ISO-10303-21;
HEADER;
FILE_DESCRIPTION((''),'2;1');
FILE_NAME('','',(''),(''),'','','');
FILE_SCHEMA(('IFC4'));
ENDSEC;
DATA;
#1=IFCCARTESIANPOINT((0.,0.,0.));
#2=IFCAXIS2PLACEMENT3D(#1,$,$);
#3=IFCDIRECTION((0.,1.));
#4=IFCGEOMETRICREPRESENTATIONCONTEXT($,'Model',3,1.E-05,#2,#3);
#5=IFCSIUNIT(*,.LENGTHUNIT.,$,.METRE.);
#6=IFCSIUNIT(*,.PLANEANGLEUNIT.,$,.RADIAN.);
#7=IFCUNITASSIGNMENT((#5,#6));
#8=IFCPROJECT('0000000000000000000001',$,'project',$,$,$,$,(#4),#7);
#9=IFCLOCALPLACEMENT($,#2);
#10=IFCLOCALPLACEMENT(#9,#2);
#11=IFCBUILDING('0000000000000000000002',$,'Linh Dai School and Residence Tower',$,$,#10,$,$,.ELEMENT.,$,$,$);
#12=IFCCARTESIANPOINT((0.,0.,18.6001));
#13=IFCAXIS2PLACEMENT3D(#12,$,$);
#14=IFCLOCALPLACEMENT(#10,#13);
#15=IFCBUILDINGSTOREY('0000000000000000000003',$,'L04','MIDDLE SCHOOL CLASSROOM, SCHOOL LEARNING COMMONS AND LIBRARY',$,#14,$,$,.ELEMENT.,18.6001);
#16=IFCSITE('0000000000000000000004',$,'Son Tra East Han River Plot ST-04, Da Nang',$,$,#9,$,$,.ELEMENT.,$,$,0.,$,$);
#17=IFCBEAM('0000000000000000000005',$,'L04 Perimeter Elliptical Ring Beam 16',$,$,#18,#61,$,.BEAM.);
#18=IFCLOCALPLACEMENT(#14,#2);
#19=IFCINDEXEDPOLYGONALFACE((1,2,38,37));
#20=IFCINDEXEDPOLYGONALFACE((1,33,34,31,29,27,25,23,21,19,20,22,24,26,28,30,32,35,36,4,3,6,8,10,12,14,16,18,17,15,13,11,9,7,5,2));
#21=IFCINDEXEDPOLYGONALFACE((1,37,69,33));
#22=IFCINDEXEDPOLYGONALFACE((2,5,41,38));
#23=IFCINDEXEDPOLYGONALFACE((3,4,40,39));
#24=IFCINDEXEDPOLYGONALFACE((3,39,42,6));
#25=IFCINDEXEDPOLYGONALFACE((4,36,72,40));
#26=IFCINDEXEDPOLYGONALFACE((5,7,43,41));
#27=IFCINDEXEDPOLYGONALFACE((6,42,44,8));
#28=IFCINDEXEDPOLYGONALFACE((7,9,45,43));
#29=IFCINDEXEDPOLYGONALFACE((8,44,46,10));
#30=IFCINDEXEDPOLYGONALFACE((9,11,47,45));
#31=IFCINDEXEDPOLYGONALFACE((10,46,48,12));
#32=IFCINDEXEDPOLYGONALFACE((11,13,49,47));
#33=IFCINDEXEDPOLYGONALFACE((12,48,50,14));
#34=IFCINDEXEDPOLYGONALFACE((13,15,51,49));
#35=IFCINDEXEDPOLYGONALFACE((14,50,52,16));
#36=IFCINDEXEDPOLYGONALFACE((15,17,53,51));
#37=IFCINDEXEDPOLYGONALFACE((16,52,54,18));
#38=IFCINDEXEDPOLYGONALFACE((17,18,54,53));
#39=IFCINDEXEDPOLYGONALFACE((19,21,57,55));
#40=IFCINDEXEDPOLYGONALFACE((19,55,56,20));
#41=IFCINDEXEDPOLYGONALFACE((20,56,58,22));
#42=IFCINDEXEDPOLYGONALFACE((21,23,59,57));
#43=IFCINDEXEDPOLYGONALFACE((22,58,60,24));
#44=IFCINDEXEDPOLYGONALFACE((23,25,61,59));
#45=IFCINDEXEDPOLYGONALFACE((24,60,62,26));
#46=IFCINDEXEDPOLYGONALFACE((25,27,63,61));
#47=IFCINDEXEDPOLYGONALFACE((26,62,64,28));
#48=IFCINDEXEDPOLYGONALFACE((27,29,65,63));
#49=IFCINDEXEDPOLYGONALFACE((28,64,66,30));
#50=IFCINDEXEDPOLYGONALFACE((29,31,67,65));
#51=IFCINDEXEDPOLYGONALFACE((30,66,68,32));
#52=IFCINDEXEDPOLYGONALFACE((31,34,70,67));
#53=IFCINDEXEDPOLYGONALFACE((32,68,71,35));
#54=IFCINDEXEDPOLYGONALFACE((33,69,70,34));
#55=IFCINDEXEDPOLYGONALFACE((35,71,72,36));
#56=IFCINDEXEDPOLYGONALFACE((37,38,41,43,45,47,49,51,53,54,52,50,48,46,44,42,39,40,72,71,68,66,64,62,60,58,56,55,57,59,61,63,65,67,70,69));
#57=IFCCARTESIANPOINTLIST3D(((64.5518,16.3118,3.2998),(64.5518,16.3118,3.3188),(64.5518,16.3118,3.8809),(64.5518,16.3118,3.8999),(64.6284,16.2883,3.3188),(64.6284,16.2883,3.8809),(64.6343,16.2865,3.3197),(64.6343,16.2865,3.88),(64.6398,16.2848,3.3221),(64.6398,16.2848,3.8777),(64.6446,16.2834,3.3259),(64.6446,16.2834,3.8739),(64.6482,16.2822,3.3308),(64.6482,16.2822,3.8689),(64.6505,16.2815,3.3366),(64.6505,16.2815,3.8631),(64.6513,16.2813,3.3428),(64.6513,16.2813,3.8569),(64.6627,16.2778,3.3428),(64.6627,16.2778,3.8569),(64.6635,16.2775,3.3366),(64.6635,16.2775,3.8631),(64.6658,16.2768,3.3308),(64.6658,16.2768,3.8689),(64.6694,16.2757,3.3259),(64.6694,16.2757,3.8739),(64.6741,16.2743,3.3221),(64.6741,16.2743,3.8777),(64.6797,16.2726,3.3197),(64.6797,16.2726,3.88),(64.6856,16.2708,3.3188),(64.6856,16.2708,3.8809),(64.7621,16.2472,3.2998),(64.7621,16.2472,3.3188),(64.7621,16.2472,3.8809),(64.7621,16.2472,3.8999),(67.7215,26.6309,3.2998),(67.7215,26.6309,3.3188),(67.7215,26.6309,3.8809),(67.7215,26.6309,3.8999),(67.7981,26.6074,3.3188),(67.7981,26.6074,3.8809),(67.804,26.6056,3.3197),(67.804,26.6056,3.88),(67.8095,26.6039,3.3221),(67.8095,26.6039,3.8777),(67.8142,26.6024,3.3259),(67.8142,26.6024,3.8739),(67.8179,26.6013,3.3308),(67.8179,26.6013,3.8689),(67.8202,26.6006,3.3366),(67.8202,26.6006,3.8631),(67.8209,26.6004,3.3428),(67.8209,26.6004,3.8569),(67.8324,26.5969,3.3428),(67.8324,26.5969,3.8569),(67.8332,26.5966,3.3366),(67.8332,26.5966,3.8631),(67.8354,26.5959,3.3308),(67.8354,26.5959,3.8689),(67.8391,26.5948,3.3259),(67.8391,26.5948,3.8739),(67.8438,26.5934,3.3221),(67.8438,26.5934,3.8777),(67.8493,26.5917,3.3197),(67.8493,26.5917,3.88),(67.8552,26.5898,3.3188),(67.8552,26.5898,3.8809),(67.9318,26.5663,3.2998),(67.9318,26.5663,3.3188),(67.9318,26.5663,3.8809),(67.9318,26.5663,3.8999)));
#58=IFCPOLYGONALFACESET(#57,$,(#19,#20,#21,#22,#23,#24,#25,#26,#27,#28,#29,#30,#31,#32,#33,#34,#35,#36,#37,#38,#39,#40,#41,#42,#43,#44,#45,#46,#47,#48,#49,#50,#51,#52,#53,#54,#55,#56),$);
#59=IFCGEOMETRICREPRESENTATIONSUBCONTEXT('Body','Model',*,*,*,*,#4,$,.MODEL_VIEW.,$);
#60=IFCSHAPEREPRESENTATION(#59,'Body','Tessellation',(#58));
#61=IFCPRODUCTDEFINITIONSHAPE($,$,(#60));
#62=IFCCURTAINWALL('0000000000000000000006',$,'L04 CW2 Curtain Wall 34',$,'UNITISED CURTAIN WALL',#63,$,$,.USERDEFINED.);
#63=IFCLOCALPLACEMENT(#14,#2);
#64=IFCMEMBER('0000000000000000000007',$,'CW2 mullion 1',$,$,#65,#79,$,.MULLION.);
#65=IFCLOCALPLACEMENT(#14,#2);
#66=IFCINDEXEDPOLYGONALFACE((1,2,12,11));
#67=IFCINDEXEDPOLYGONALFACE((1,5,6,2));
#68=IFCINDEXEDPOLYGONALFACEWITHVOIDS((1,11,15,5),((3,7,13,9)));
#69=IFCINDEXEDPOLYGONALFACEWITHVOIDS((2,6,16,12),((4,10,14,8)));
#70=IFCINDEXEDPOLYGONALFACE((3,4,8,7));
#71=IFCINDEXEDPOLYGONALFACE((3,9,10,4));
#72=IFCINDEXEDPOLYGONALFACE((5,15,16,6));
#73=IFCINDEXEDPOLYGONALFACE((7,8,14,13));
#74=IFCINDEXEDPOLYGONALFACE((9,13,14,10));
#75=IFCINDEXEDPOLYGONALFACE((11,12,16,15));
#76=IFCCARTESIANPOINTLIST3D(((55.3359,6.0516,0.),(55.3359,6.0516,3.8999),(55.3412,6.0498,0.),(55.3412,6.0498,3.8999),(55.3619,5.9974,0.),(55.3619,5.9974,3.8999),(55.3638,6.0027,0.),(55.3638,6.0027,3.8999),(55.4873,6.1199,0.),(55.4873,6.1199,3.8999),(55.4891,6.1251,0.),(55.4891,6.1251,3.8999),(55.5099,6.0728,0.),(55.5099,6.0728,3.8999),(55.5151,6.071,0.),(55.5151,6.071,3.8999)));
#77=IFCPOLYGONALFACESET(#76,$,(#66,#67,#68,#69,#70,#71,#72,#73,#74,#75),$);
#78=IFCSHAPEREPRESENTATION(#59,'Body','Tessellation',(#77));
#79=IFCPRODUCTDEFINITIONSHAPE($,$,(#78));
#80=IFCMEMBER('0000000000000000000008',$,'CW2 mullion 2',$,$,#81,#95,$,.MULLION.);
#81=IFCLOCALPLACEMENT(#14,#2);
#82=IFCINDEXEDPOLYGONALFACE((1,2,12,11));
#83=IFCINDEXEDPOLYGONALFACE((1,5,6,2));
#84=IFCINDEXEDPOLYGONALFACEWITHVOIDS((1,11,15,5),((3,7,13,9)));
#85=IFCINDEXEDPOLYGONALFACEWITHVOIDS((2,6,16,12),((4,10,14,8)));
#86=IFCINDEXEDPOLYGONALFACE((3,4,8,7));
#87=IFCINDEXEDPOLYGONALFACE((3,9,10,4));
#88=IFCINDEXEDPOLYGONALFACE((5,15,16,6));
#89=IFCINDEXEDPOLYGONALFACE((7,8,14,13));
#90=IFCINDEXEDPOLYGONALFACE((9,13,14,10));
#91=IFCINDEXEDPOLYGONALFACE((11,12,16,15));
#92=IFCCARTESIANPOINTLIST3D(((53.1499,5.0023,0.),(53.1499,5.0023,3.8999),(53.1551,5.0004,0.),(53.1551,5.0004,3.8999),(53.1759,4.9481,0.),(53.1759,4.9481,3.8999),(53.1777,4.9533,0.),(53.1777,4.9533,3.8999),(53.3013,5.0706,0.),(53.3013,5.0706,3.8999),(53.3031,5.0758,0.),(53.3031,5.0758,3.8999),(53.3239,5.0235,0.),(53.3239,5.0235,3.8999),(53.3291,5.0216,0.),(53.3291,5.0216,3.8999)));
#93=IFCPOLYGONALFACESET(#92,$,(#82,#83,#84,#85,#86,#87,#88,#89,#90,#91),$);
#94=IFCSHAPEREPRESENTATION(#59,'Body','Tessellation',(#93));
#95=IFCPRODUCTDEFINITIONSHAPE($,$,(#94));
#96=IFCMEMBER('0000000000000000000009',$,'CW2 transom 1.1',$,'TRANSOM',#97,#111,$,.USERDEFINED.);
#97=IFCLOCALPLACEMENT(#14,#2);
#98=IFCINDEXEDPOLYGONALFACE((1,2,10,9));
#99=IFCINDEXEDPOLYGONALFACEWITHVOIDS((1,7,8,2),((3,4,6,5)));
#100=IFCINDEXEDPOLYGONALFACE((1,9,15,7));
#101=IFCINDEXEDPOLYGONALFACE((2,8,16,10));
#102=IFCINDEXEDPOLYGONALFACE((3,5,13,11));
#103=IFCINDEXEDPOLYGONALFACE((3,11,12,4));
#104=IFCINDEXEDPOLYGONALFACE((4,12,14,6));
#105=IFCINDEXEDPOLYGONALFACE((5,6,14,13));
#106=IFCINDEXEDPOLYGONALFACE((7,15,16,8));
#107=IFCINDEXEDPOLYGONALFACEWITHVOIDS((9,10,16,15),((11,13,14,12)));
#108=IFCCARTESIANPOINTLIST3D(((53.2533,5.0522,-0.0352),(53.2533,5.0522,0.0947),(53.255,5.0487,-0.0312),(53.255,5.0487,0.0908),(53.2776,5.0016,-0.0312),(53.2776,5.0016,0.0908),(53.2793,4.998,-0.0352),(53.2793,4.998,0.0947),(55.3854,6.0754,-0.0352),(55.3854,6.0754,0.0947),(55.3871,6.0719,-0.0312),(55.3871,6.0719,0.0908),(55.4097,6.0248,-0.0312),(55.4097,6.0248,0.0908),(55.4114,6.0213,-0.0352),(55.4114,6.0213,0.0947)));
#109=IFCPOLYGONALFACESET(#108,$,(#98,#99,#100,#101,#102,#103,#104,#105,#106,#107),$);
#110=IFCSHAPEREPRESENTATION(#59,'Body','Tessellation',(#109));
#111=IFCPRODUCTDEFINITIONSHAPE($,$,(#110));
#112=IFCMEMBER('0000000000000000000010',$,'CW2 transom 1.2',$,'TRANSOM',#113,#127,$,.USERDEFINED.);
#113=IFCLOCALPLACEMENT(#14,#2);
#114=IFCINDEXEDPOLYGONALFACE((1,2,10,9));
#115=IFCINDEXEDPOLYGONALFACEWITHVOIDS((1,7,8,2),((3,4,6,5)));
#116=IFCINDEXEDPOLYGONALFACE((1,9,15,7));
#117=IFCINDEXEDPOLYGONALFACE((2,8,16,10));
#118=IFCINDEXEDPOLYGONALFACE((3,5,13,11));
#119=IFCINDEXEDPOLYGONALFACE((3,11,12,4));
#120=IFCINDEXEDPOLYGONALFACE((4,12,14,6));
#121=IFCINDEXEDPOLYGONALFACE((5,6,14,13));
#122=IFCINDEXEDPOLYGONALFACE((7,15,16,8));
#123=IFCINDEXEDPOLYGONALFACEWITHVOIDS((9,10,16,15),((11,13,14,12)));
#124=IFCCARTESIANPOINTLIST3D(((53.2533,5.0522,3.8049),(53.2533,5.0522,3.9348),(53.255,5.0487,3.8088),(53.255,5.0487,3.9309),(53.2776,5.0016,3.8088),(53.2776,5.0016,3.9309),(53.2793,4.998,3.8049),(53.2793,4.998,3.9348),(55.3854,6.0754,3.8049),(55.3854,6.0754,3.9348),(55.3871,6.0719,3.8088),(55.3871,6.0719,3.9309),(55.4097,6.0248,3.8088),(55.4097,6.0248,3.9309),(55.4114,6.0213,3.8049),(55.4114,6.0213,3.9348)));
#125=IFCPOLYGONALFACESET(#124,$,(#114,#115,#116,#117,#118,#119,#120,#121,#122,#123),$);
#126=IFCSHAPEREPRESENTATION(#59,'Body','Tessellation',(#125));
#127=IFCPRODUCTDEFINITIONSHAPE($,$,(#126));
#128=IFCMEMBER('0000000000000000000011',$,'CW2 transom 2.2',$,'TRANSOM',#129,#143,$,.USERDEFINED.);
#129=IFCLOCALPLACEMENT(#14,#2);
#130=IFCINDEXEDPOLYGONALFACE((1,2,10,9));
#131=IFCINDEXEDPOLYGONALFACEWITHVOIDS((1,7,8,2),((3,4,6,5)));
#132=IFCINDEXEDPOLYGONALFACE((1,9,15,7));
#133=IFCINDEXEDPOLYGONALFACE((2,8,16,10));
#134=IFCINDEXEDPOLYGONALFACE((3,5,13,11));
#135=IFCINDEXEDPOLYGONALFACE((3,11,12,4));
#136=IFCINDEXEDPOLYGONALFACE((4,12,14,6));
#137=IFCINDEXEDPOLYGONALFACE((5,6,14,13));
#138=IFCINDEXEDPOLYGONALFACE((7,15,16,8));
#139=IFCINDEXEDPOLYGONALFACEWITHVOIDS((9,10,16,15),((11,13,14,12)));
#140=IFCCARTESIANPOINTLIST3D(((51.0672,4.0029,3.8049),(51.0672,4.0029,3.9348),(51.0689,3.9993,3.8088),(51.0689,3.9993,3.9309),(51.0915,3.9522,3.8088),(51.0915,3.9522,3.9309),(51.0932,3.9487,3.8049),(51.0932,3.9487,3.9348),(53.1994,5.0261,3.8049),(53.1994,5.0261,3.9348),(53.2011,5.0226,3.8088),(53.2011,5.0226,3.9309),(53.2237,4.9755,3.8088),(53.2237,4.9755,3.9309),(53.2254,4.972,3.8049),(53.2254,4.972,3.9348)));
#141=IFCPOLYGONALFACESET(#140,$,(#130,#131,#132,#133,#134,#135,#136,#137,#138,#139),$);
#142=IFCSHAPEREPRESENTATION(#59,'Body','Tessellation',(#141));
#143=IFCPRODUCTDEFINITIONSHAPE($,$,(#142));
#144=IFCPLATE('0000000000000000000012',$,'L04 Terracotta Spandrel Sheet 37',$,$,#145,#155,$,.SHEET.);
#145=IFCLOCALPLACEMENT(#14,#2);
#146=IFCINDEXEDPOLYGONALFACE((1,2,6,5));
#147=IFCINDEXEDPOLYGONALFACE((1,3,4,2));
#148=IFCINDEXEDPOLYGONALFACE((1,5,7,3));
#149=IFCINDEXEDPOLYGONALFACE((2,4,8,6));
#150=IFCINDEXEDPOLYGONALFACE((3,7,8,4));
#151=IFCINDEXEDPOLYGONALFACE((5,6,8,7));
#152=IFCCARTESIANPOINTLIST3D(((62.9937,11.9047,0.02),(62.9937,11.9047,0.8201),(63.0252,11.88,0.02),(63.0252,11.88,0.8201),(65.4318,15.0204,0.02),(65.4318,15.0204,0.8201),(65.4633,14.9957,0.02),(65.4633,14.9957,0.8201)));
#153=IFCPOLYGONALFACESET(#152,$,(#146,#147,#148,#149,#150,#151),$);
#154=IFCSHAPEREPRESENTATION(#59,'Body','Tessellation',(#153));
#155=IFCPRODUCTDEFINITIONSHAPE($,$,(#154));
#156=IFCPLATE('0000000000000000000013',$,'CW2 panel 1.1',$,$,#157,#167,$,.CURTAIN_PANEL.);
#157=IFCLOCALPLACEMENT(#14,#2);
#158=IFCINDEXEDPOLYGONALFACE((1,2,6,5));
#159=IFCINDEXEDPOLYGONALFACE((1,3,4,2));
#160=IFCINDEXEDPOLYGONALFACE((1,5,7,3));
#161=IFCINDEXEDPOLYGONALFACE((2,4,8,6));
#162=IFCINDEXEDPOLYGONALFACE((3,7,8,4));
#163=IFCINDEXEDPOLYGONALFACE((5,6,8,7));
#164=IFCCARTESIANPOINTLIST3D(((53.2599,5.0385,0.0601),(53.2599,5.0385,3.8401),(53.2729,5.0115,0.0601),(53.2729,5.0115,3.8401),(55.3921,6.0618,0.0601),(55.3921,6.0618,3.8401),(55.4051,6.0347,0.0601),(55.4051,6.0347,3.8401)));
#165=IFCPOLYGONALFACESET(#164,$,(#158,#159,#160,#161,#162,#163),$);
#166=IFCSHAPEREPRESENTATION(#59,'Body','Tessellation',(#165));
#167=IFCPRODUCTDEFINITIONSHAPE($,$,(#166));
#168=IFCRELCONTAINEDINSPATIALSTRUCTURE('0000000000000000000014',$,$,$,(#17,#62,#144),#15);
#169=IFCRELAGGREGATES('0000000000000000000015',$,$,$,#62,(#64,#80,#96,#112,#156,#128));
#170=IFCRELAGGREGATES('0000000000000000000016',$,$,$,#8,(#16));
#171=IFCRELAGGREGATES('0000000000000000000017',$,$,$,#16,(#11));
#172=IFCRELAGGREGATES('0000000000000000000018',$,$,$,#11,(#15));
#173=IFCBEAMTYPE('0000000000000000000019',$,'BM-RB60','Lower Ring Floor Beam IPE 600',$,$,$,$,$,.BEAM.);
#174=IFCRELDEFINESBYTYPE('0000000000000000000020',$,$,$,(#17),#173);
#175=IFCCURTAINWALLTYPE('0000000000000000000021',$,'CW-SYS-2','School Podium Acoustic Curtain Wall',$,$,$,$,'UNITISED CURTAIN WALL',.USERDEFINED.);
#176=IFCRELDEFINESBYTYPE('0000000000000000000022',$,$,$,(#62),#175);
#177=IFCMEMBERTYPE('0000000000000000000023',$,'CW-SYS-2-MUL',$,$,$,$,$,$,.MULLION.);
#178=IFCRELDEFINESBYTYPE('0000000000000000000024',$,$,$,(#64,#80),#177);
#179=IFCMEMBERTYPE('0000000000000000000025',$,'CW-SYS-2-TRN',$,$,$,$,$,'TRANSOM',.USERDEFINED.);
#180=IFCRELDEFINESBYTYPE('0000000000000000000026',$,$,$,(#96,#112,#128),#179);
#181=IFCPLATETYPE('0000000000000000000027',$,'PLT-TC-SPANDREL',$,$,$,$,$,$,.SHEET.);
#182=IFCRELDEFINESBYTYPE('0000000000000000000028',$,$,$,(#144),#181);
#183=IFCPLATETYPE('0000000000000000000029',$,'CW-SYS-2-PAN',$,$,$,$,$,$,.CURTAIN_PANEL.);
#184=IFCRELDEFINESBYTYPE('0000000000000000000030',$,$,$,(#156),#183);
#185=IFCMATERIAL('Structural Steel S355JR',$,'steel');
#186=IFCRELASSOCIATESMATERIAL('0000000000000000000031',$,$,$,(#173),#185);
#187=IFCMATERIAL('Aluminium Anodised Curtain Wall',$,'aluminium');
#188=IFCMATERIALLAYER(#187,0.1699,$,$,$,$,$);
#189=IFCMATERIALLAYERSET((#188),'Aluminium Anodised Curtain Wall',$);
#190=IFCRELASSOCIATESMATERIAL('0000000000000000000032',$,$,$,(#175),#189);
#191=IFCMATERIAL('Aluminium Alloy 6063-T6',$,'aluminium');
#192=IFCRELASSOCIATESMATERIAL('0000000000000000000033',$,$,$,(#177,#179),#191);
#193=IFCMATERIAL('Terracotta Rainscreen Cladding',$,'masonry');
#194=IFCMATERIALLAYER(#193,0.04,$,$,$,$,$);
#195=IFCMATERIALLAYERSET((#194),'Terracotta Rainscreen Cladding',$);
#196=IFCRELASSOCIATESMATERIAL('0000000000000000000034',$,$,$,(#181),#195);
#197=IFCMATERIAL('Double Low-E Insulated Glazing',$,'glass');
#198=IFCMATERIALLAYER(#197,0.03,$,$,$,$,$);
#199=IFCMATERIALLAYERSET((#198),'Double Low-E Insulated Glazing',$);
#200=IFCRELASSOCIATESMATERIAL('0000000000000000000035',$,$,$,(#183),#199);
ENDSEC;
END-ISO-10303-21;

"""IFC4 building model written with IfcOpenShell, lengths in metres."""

from ifc_helpers import new_model, si_unit, direction, frame, origin, origin_2d, place, context, subcontext, project, spatial, rectangle, hollow_rectangle, i_section, extrude, source, transform, mapped, material, layer, layer_set, material_profile, profile_set, type_object, element, aggregate, save


model = new_model("IFC4")

# Units and contexts
model_context = context("Model", 3, precision=1e-05, world=origin(), true_north=direction((0.0, 1.0)))
body_context = subcontext(model_context, "Body", "Model", "MODEL_VIEW")
ifc_project = project(units=[si_unit("LENGTHUNIT", "METRE"), si_unit("PLANEANGLEUNIT", "RADIAN")], contexts=[model_context])

# Site, building, storey
site_placement = place(None, origin())
site = spatial("IfcSite", under=ifc_project, at=site_placement, Name="Son Tra East Han River Plot ST-04, Da Nang", CompositionType="ELEMENT", RefElevation=0.0)
building_placement = place(site_placement, origin())
building = spatial("IfcBuilding", under=site, at=building_placement, Name="Linh Dai School and Residence Tower", CompositionType="ELEMENT")
storey_placement = place(building_placement, frame((0.0, 0.0, 18.6001)))
storey = spatial("IfcBuildingStorey", under=building, at=storey_placement, Name="L04", Description="MIDDLE SCHOOL CLASSROOM, SCHOOL LEARNING COMMONS AND LIBRARY", CompositionType="ELEMENT", Elevation=18.6001)

# Shared definitions
ifc_material_1 = material(Name="Structural Steel S355JR", Category="steel")

# Beam
ifc_material_profile_1 = material_profile(ifc_material_1, i_section(OverallWidth=0.22, OverallDepth=0.6001, WebThickness=0.012, FlangeThickness=0.019, FilletRadius=0.0239, at=origin_2d()), Name="IPE 600")
ifc_profile_set_1 = profile_set([ifc_material_profile_1], Name="Structural Steel S355JR")
beam_type = type_object("IfcBeamType", Name="BM-RB60", Description="Lower Ring Floor Beam IPE 600", PredefinedType="BEAM", material=ifc_profile_set_1)
beam_1_placement = place(storey_placement, frame((64.657, 16.2795, 3.5999), z_axis=(0.293627, 0.95592, 0.0), x_axis=(-0.95592, 0.293627, 0.0)))
element("IfcBeam", 1, at=beam_1_placement, inside=storey, type_object=beam_type, Name="L04 Perimeter Elliptical Ring Beam 16", PredefinedType="BEAM", context=body_context, shape_type="SweptSolid", body=[
    extrude(i_section(OverallWidth=0.22, OverallDepth=0.6001, WebThickness=0.012, FlangeThickness=0.019, FilletRadius=0.0239, at=origin_2d()), origin(), (0.0, 0.0, 1.0), 10.7949),
])

# Curtain wall, members
ifc_material_2 = material(Name="Aluminium Anodised Curtain Wall", Category="aluminium")
ifc_layer_1 = layer(ifc_material_2, 0.1699)
ifc_layer_set_1 = layer_set([ifc_layer_1], Name="Aluminium Anodised Curtain Wall")
curtain_wall_type = type_object("IfcCurtainWallType", Name="CW-SYS-2", Description="School Podium Acoustic Curtain Wall", ElementType="UNITISED CURTAIN WALL", PredefinedType="USERDEFINED", material=ifc_layer_set_1)
curtain_wall_placement = place(storey_placement, origin())
curtain_wall = element("IfcCurtainWall", 2, at=curtain_wall_placement, inside=storey, type_object=curtain_wall_type, Name="L04 CW2 Curtain Wall 34", ObjectType="UNITISED CURTAIN WALL", PredefinedType="USERDEFINED")
ifc_material_3 = material(Name="Aluminium Alloy 6063-T6", Category="aluminium")
ifc_material_profile_2 = material_profile(ifc_material_3, hollow_rectangle(XDim=0.0601, YDim=0.1699, WallThickness=0.0039, at=origin_2d()), Name="RHS 170x60x4")
ifc_profile_set_2 = profile_set([ifc_material_profile_2], Name="Aluminium Alloy 6063-T6")
member_type_1 = type_object("IfcMemberType", Name="CW-SYS-2-MUL", PredefinedType="MULLION", material=ifc_profile_set_2)
shared_shape_1 = source(origin(), body_context, "Body", "SweptSolid", [
    extrude(hollow_rectangle(XDim=0.0601, YDim=0.1699, WallThickness=0.0039, at=origin_2d()), origin(), (0.0, 0.0, 1.0), 3.8999),
])
member_1_placement = place(storey_placement, frame((55.4255, 6.0613, 0.0), z_axis=(0.0, 0.0, 1.0), x_axis=(0.432657, -0.901558, 0.0)))
member_1 = element("IfcMember", 3, at=member_1_placement, type_object=member_type_1, Name="CW2 mullion 1", PredefinedType="MULLION", context=body_context, shape_type="MappedRepresentation", body=[
    mapped(shared_shape_1, transform((0.0, 0.0, 0.0), x_axis=(1.0, 0.0, 0.0), y_axis=(0.0, 1.0, 0.0), z_axis=(0.0, 0.0, 1.0), scale=1.0)),
])
member_2_placement = place(storey_placement, frame((53.2395, 5.012, 0.0), z_axis=(0.0, 0.0, 1.0), x_axis=(0.432657, -0.901558, 0.0)))
member_2 = element("IfcMember", 4, at=member_2_placement, type_object=member_type_1, Name="CW2 mullion 2", PredefinedType="MULLION", context=body_context, shape_type="MappedRepresentation", body=[
    mapped(shared_shape_1, transform((0.0, 0.0, 0.0), x_axis=(1.0, 0.0, 0.0), y_axis=(0.0, 1.0, 0.0), z_axis=(0.0, 0.0, 1.0), scale=1.0)),
])
ifc_material_profile_3 = material_profile(ifc_material_3, hollow_rectangle(XDim=0.0601, YDim=0.1299, WallThickness=0.0039, at=origin_2d()), Name="RHS 130x60x4")
ifc_profile_set_3 = profile_set([ifc_material_profile_3], Name="Aluminium Alloy 6063-T6")
member_type_2 = type_object("IfcMemberType", Name="CW-SYS-2-TRN", ElementType="TRANSOM", PredefinedType="USERDEFINED", material=ifc_profile_set_3)
shared_shape_2 = source(origin(), body_context, "Body", "SweptSolid", [
    extrude(hollow_rectangle(XDim=0.0601, YDim=0.1299, WallThickness=0.0039, at=origin_2d()), origin(), (0.0, 0.0, 1.0), 2.365),
])
member_3_placement = place(storey_placement, frame((55.3984, 6.0483, 0.0298), z_axis=(-0.901557, -0.432661, 0.0), x_axis=(0.432661, -0.901557, 0.0)))
member_3 = element("IfcMember", 5, at=member_3_placement, type_object=member_type_2, Name="CW2 transom 1.1", ObjectType="TRANSOM", PredefinedType="USERDEFINED", context=body_context, shape_type="MappedRepresentation", body=[
    mapped(shared_shape_2, transform((0.0, 0.0, 0.0), x_axis=(1.0, 0.0, 0.0), y_axis=(0.0, 1.0, 0.0), z_axis=(0.0, 0.0, 1.0), scale=1.0)),
])
member_4_placement = place(storey_placement, frame((55.3984, 6.0483, 3.8699), z_axis=(-0.901557, -0.432661, 0.0), x_axis=(0.432661, -0.901557, 0.0)))
member_4 = element("IfcMember", 6, at=member_4_placement, type_object=member_type_2, Name="CW2 transom 1.2", ObjectType="TRANSOM", PredefinedType="USERDEFINED", context=body_context, shape_type="MappedRepresentation", body=[
    mapped(shared_shape_2, transform((0.0, 0.0, 0.0), x_axis=(1.0, 0.0, 0.0), y_axis=(0.0, 1.0, 0.0), z_axis=(0.0, 0.0, 1.0), scale=1.0)),
])
member_5_placement = place(storey_placement, frame((53.2124, 4.999, 3.8699), z_axis=(-0.901557, -0.432661, 0.0), x_axis=(0.432661, -0.901557, 0.0)))
member_5 = element("IfcMember", 7, at=member_5_placement, type_object=member_type_2, Name="CW2 transom 2.2", ObjectType="TRANSOM", PredefinedType="USERDEFINED", context=body_context, shape_type="MappedRepresentation", body=[
    mapped(shared_shape_2, transform((0.0, 0.0, 0.0), x_axis=(1.0, 0.0, 0.0), y_axis=(0.0, 1.0, 0.0), z_axis=(0.0, 0.0, 1.0), scale=1.0)),
])

# Plates
ifc_material_4 = material(Name="Terracotta Rainscreen Cladding", Category="masonry")
ifc_layer_2 = layer(ifc_material_4, 0.04)
ifc_layer_set_2 = layer_set([ifc_layer_2], Name="Terracotta Rainscreen Cladding")
plate_type_1 = type_object("IfcPlateType", Name="PLT-TC-SPANDREL", PredefinedType="SHEET", material=ifc_layer_set_2)
shared_shape_3 = source(origin(), body_context, "Body", "SweptSolid", [
    extrude(rectangle(XDim=3.9563, YDim=0.04, at=origin_2d()), origin(), (0.0, 0.0, 1.0), 0.8),
])
plate_1_placement = place(storey_placement, frame((64.2285, 13.4502, 0.02), z_axis=(0.0, 0.0, 1.0), x_axis=(-0.61626, -0.787543, 0.0)))
element("IfcPlate", 8, at=plate_1_placement, inside=storey, type_object=plate_type_1, Name="L04 Terracotta Spandrel Sheet 37", PredefinedType="SHEET", context=body_context, shape_type="MappedRepresentation", body=[
    mapped(shared_shape_3, transform((0.0, 0.0, 0.0), x_axis=(1.0, 0.0, 0.0), y_axis=(0.0, 1.0, 0.0), z_axis=(0.0, 0.0, 1.0), scale=1.0)),
])
ifc_material_5 = material(Name="Double Low-E Insulated Glazing", Category="glass")
ifc_layer_3 = layer(ifc_material_5, 0.03)
ifc_layer_set_3 = layer_set([ifc_layer_3], Name="Double Low-E Insulated Glazing")
plate_type_2 = type_object("IfcPlateType", Name="CW-SYS-2-PAN", PredefinedType="CURTAIN_PANEL", material=ifc_layer_set_3)
shared_shape_4 = source(origin(), body_context, "Body", "SweptSolid", [
    extrude(rectangle(XDim=2.365, YDim=0.03, at=origin_2d()), origin(), (0.0, 0.0, 1.0), 3.78),
])
plate_2_placement = place(storey_placement, frame((54.3325, 5.5366, 0.0601), z_axis=(0.0, 0.0, 1.0), x_axis=(-0.901558, -0.432657, 0.0)))
plate_2 = element("IfcPlate", 9, at=plate_2_placement, type_object=plate_type_2, Name="CW2 panel 1.1", PredefinedType="CURTAIN_PANEL", context=body_context, shape_type="MappedRepresentation", body=[
    mapped(shared_shape_4, transform((0.0, 0.0, 0.0), x_axis=(1.0, 0.0, 0.0), y_axis=(0.0, 1.0, 0.0), z_axis=(0.0, 0.0, 1.0), scale=1.0)),
])
aggregate(curtain_wall, [member_1, member_2, member_3, member_4, plate_2, member_5])

save(model, "model.ifc")
